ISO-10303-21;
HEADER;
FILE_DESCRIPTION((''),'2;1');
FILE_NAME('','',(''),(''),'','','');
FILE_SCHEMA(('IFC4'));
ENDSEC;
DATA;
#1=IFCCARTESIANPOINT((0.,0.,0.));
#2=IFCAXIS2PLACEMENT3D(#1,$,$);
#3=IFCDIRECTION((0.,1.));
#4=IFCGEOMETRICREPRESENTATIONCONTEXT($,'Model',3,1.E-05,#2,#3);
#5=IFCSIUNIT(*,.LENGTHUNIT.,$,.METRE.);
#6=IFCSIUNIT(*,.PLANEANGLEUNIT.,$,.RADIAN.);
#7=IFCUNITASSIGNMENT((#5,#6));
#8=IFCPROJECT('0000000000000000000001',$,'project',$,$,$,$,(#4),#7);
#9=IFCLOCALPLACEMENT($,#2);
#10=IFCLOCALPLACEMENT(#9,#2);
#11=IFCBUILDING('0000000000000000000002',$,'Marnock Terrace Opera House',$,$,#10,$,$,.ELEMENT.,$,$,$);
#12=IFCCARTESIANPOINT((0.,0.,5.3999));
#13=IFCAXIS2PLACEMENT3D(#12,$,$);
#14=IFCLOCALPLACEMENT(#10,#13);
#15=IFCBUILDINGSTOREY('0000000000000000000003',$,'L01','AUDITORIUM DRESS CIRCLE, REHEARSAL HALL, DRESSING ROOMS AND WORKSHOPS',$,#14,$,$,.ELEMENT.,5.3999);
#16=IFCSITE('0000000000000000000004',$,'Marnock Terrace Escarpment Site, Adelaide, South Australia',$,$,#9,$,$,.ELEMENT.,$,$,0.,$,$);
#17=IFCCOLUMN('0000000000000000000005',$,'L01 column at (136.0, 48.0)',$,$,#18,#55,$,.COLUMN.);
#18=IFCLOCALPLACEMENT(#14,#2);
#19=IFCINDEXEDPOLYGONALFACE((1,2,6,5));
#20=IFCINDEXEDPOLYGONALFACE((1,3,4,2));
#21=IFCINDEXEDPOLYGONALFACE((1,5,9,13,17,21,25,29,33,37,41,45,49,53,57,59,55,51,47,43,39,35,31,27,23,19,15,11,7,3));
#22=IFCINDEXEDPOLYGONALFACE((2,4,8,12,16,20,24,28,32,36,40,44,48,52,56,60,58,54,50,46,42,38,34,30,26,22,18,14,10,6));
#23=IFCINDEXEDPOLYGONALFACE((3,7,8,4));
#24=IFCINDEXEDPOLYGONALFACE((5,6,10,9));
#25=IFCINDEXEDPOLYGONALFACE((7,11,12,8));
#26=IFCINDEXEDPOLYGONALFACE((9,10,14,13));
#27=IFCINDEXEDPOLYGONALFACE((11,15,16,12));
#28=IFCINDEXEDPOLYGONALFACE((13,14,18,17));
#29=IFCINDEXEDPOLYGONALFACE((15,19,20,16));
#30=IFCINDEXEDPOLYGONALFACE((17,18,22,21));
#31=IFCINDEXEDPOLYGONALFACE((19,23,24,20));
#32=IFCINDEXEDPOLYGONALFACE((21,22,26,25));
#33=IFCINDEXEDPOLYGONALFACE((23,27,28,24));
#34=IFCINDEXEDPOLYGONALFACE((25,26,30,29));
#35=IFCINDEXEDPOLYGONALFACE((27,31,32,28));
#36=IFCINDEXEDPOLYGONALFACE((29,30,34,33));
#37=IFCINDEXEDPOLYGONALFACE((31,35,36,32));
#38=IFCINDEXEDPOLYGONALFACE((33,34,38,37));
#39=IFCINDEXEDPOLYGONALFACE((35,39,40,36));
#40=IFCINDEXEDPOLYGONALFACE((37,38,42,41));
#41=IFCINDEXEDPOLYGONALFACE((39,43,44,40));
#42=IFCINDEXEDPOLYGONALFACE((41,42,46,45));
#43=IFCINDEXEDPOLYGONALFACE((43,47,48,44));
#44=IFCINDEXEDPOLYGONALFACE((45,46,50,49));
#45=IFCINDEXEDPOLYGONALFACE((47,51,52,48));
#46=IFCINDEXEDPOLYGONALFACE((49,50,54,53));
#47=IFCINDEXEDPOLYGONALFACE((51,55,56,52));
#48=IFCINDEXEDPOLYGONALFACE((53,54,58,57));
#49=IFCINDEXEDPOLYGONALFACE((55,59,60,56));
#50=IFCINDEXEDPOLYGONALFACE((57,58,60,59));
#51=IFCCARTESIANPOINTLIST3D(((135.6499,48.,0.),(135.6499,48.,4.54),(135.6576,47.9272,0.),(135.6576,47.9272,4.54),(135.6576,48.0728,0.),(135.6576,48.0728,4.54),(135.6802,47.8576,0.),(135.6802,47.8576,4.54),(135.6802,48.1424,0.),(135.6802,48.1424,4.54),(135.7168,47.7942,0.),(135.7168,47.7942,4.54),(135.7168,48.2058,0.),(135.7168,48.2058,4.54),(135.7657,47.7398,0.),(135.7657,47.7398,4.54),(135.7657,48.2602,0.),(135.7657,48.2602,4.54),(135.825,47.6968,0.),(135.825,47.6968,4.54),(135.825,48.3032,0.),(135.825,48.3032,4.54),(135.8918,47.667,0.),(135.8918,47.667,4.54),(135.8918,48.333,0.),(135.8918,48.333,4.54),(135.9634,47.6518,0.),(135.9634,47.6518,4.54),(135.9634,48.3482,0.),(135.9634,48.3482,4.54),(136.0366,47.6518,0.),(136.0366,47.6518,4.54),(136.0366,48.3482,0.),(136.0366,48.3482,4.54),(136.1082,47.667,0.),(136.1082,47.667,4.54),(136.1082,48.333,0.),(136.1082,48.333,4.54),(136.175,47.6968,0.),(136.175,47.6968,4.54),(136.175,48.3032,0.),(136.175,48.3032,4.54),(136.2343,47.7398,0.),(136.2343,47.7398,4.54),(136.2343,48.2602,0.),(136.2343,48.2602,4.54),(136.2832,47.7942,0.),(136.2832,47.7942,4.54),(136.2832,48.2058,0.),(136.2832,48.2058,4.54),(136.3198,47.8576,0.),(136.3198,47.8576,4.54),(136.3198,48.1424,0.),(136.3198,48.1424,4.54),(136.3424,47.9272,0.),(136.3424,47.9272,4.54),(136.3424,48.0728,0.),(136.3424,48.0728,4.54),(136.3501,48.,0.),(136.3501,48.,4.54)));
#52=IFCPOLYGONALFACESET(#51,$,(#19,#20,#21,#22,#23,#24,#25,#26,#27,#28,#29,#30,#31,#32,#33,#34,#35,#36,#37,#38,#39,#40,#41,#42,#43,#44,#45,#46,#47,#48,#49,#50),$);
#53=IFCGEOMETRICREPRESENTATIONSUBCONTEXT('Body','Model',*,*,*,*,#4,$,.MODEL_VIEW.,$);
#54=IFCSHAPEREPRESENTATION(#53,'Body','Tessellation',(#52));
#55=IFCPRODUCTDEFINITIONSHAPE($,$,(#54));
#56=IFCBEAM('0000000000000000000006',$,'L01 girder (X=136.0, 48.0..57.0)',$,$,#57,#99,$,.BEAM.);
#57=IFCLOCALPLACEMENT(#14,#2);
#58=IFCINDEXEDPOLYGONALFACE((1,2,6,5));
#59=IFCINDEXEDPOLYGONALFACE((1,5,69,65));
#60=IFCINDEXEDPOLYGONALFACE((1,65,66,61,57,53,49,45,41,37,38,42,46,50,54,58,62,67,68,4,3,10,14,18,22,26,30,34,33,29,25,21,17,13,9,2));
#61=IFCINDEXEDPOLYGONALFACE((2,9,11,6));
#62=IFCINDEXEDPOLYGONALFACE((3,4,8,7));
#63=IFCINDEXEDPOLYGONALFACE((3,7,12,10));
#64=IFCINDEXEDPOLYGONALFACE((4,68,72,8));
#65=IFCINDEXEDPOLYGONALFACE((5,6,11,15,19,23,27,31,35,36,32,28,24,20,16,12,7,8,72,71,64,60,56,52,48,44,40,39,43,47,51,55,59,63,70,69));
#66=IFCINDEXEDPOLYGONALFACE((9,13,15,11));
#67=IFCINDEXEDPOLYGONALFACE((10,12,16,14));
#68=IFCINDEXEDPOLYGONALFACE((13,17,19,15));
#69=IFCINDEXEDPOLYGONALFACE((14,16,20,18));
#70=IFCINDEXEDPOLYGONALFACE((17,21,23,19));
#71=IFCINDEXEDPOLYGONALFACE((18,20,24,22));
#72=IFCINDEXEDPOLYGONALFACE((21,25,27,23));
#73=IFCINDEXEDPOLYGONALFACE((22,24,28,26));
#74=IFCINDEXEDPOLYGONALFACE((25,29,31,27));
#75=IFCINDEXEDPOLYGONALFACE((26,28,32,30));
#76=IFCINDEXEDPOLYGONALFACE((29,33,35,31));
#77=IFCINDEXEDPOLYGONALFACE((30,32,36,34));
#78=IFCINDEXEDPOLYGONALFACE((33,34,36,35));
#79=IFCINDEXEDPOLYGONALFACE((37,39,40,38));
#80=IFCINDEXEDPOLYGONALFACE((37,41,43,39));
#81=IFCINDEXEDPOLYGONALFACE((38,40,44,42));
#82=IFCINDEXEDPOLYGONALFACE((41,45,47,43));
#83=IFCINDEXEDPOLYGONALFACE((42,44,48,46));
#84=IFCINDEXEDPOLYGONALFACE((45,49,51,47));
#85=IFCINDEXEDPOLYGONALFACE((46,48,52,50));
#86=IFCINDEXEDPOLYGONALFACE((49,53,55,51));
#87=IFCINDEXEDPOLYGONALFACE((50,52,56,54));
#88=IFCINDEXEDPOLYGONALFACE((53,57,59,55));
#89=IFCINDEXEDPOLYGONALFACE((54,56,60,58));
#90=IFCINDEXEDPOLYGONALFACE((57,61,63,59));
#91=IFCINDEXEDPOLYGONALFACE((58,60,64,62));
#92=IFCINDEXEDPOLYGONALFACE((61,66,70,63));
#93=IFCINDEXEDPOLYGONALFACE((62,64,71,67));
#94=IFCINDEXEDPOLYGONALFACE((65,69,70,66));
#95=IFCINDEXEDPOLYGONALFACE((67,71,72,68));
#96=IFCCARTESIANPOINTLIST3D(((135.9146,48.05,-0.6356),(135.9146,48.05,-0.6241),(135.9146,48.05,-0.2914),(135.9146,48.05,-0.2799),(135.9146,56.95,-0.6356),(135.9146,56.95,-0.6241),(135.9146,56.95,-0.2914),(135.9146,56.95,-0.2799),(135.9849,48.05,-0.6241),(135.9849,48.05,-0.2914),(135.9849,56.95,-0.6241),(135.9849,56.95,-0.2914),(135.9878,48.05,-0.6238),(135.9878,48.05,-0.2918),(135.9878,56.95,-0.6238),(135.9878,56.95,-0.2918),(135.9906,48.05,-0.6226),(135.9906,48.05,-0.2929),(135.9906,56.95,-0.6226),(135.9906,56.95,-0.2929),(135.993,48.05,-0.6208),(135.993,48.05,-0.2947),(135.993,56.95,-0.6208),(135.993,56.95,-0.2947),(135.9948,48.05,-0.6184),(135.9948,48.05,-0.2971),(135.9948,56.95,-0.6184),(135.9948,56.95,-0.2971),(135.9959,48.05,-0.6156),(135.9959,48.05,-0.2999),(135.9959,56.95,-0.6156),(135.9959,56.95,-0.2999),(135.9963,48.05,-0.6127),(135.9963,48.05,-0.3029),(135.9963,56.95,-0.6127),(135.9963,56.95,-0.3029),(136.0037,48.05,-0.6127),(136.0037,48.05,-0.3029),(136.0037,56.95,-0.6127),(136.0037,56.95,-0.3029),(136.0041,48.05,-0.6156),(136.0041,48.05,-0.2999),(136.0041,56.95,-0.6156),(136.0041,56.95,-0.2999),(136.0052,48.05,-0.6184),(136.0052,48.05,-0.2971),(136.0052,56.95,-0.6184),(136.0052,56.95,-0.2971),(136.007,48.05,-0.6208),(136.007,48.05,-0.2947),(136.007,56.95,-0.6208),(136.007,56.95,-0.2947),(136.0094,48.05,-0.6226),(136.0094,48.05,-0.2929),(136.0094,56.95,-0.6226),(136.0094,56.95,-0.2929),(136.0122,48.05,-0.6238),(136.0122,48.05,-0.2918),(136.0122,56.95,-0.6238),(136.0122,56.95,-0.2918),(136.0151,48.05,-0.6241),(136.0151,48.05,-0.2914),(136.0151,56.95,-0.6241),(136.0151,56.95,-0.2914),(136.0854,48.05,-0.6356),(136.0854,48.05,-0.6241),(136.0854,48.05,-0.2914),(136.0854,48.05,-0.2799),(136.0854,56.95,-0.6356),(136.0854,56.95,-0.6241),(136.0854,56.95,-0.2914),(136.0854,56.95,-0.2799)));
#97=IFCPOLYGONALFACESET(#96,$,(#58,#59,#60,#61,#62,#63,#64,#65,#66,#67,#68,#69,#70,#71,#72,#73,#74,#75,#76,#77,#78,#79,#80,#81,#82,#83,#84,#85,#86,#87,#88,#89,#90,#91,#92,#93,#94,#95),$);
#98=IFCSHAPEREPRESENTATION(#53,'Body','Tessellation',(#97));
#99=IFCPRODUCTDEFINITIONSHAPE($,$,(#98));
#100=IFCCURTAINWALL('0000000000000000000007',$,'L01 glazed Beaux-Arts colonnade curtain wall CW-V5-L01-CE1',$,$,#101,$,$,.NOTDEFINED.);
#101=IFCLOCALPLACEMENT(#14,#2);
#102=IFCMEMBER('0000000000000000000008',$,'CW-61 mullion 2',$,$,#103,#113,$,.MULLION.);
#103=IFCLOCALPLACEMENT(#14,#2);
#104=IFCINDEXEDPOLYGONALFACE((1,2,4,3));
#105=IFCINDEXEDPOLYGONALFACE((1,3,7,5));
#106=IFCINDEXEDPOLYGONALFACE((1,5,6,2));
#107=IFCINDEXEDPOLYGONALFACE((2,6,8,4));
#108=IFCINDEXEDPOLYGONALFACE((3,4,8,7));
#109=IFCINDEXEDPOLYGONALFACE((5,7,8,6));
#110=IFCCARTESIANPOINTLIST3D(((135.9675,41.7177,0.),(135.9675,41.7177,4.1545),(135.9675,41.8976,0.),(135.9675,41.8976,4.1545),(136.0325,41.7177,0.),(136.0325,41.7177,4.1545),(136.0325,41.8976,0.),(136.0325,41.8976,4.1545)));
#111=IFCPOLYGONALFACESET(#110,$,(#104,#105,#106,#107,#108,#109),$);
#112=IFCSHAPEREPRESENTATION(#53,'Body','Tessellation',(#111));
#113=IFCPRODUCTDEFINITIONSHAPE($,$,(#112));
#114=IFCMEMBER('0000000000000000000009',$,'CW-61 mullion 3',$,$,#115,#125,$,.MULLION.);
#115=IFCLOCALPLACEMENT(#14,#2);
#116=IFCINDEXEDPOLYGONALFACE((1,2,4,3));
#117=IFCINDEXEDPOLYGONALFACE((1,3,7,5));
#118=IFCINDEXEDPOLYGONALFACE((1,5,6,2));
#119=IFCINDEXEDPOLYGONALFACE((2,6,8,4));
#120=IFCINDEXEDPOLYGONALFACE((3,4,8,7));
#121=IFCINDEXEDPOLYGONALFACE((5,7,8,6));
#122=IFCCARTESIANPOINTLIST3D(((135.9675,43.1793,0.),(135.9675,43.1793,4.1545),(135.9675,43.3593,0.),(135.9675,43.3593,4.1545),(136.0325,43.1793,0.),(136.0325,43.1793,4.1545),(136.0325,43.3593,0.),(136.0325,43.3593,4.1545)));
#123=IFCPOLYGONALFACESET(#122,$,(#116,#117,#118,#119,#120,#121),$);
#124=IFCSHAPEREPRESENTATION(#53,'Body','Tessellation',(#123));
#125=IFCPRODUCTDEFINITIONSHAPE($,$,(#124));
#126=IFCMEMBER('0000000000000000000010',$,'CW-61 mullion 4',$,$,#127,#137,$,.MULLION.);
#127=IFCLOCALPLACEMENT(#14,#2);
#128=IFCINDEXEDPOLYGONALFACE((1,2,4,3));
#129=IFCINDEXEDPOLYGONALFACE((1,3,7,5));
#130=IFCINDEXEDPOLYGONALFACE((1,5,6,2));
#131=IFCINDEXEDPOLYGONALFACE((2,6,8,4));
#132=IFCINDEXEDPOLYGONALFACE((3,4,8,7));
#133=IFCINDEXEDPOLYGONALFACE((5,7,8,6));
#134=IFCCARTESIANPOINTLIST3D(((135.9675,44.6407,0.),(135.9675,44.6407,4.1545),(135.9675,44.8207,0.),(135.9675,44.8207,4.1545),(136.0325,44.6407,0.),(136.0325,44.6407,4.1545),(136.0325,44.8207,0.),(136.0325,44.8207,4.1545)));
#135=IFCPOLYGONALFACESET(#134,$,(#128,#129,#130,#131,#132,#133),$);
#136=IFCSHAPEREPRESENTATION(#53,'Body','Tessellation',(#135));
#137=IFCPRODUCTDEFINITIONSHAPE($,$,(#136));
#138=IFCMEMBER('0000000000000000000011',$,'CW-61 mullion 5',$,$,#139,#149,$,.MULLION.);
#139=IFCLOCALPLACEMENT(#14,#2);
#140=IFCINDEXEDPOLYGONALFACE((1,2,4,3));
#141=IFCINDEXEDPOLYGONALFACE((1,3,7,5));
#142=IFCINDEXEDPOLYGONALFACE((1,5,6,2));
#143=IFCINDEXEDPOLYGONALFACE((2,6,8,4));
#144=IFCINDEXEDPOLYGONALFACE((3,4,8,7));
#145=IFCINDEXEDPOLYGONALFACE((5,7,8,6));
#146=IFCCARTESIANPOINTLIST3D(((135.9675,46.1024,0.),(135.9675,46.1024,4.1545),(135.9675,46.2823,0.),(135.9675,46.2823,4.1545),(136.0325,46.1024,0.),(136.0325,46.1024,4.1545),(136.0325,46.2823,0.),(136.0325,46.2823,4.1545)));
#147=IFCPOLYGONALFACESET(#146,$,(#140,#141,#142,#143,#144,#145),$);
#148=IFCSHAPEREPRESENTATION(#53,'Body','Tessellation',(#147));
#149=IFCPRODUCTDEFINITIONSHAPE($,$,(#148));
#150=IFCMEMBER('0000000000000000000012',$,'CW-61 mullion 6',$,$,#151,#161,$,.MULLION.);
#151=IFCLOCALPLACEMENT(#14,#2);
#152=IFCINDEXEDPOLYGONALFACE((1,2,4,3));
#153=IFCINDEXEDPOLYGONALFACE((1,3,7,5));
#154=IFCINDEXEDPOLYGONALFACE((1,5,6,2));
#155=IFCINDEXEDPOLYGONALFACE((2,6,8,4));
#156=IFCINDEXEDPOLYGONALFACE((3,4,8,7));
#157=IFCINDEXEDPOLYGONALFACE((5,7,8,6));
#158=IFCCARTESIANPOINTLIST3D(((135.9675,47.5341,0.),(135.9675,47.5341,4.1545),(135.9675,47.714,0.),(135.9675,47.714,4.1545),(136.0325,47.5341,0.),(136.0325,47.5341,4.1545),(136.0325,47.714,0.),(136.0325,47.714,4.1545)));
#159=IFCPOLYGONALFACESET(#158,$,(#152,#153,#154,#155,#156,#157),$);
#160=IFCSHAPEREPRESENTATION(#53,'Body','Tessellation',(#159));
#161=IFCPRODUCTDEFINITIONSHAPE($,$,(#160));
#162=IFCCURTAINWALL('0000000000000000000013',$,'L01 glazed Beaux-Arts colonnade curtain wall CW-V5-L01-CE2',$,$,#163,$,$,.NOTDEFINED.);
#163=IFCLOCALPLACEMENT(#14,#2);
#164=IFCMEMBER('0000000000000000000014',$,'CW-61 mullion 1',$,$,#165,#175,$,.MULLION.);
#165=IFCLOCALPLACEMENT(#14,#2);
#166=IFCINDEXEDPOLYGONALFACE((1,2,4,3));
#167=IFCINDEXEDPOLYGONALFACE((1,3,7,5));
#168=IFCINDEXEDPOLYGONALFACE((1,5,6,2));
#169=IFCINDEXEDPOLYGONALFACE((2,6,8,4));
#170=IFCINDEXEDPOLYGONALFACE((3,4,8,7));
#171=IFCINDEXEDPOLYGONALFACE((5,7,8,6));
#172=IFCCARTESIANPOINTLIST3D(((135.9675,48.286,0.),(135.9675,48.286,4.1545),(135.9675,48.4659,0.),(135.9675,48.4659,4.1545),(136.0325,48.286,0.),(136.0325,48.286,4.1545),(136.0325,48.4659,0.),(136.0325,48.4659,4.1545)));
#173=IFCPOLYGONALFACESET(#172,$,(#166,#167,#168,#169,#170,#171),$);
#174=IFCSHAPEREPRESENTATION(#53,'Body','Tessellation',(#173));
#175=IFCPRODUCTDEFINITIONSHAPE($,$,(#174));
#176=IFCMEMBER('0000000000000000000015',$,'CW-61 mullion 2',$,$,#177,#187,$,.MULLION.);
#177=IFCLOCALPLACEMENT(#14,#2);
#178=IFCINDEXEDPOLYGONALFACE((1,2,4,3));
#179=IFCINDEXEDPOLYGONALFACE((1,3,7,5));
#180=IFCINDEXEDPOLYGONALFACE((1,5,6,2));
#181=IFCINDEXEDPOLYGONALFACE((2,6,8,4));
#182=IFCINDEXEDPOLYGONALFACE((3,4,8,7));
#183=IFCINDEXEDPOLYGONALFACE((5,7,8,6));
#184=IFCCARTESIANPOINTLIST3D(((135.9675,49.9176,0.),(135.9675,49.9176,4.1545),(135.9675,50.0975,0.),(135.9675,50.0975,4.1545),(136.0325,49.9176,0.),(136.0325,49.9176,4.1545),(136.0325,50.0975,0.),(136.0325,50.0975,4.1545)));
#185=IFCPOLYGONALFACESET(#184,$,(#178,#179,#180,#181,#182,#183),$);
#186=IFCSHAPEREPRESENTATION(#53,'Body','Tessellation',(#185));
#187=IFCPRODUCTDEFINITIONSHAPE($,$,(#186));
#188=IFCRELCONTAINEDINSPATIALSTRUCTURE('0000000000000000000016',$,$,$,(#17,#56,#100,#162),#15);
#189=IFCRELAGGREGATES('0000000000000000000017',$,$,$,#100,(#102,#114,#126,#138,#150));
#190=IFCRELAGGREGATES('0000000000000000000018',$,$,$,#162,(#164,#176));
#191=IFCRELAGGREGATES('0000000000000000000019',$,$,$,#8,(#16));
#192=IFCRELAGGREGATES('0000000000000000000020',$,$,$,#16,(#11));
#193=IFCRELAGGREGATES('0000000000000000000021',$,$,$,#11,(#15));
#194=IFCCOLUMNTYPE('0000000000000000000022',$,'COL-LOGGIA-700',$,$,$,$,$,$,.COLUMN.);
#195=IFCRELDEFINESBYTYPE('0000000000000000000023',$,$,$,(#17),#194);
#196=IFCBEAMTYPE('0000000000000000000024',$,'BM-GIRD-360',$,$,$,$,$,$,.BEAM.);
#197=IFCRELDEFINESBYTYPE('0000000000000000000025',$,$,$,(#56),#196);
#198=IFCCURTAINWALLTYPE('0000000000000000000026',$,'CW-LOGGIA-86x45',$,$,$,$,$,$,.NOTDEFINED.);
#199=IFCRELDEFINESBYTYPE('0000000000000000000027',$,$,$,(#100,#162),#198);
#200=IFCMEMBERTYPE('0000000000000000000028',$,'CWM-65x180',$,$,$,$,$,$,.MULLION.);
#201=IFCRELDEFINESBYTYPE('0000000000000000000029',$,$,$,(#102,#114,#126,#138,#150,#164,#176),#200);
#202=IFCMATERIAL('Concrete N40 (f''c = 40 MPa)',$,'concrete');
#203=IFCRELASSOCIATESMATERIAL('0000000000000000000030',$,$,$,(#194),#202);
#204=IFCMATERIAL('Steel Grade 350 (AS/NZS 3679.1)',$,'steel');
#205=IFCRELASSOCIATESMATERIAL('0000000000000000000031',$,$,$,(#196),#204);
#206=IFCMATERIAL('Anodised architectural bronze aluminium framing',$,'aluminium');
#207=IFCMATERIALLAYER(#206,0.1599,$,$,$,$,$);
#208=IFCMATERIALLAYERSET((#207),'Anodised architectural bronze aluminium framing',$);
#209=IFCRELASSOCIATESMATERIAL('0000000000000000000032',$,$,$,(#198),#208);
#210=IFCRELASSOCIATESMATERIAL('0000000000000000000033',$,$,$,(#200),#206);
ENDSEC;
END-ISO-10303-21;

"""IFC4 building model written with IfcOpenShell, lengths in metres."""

from ifc_helpers import new_model, si_unit, direction, frame, origin, origin_2d, place, context, subcontext, project, spatial, rectangle, circle, i_section, extrude, material, layer, layer_set, material_profile, profile_set, type_object, element, aggregate, save


model = new_model("IFC4")

# Units and contexts
model_context = context("Model", 3, precision=1e-05, world=origin(), true_north=direction((0.0, 1.0)))
body_context = subcontext(model_context, "Body", "Model", "MODEL_VIEW")
ifc_project = project(units=[si_unit("LENGTHUNIT", "METRE"), si_unit("PLANEANGLEUNIT", "RADIAN")], contexts=[model_context])

# Site, building, storey
site_placement = place(None, origin())
site = spatial("IfcSite", under=ifc_project, at=site_placement, Name="Marnock Terrace Escarpment Site, Adelaide, South Australia", CompositionType="ELEMENT", RefElevation=0.0)
building_placement = place(site_placement, origin())
building = spatial("IfcBuilding", under=site, at=building_placement, Name="Marnock Terrace Opera House", CompositionType="ELEMENT")
storey_placement = place(building_placement, frame((0.0, 0.0, 5.3999)))
storey = spatial("IfcBuildingStorey", under=building, at=storey_placement, Name="L01", Description="AUDITORIUM DRESS CIRCLE, REHEARSAL HALL, DRESSING ROOMS AND WORKSHOPS", CompositionType="ELEMENT", Elevation=5.3999)

# Column
ifc_material_1 = material(Name="Concrete N40 (f'c = 40 MPa)", Category="concrete")
ifc_material_profile_1 = material_profile(ifc_material_1, circle(Radius=0.3501, at=origin_2d()))
ifc_profile_set_1 = profile_set([ifc_material_profile_1], Name="Concrete N40 (f'c = 40 MPa)")
column_type = type_object("IfcColumnType", Name="COL-LOGGIA-700", PredefinedType="COLUMN", material=ifc_profile_set_1)
column_placement = place(storey_placement, frame((136.0, 48.0, 0.0), z_axis=(0.0, 0.0, 1.0), x_axis=(1.0, 0.0, 0.0)))
element("IfcColumn", 1, at=column_placement, inside=storey, type_object=column_type, Name="L01 column at (136.0, 48.0)", PredefinedType="COLUMN", context=body_context, shape_type="SweptSolid", body=[
    extrude(circle(Radius=0.3501, at=origin_2d()), origin(), (0.0, 0.0, 1.0), 4.54),
])

# Beam
ifc_material_2 = material(Name="Steel Grade 350 (AS/NZS 3679.1)", Category="steel")
ifc_material_profile_2 = material_profile(ifc_material_2, i_section(OverallWidth=0.1709, OverallDepth=0.3557, WebThickness=0.0073, FlangeThickness=0.0115, FilletRadius=0.0115, at=origin_2d()))
ifc_profile_set_2 = profile_set([ifc_material_profile_2], Name="Steel Grade 350 (AS/NZS 3679.1)")
beam_type = type_object("IfcBeamType", Name="BM-GIRD-360", PredefinedType="BEAM", material=ifc_profile_set_2)
beam_placement = place(storey_placement, frame((136.0, 48.05, -0.4578), z_axis=(0.0, 1.0, 0.0), x_axis=(-1.0, 0.0, 0.0)))
element("IfcBeam", 2, at=beam_placement, inside=storey, type_object=beam_type, Name="L01 girder (X=136.0, 48.0..57.0)", PredefinedType="BEAM", context=body_context, shape_type="SweptSolid", body=[
    extrude(i_section(OverallWidth=0.1709, OverallDepth=0.3557, WebThickness=0.0073, FlangeThickness=0.0115, FilletRadius=0.0115, at=origin_2d()), origin(), (0.0, 0.0, 1.0), 8.8999),
])

# Curtain walls, members
ifc_material_3 = material(Name="Anodised architectural bronze aluminium framing", Category="aluminium")
ifc_layer_1 = layer(ifc_material_3, 0.1599)
ifc_layer_set_1 = layer_set([ifc_layer_1], Name="Anodised architectural bronze aluminium framing")
curtain_wall_type = type_object("IfcCurtainWallType", Name="CW-LOGGIA-86x45", PredefinedType="NOTDEFINED", material=ifc_layer_set_1)
curtain_wall_1_placement = place(storey_placement, origin())
curtain_wall_1 = element("IfcCurtainWall", 3, at=curtain_wall_1_placement, inside=storey, type_object=curtain_wall_type, Name="L01 glazed Beaux-Arts colonnade curtain wall CW-V5-L01-CE1", PredefinedType="NOTDEFINED")
ifc_material_profile_3 = material_profile(ifc_material_3, rectangle(XDim=0.0649, YDim=0.1799, at=origin_2d()))
ifc_profile_set_3 = profile_set([ifc_material_profile_3], Name="Anodised architectural bronze aluminium framing")
member_type_1 = type_object("IfcMemberType", Name="CWM-65x180", PredefinedType="MULLION", material=ifc_profile_set_3)
member_1_placement = place(storey_placement, frame((136.0, 41.8076, 0.0), z_axis=(0.0, 0.0, 1.0), x_axis=(-1.0, 0.0, 0.0)))
member_1 = element("IfcMember", 4, at=member_1_placement, type_object=member_type_1, Name="CW-61 mullion 2", PredefinedType="MULLION", context=body_context, shape_type="SweptSolid", body=[
    extrude(rectangle(XDim=0.0649, YDim=0.1799, at=origin_2d()), origin(), (0.0, 0.0, 1.0), 4.1545),
])
member_2_placement = place(storey_placement, frame((136.0, 43.2693, 0.0), z_axis=(0.0, 0.0, 1.0), x_axis=(-1.0, 0.0, 0.0)))
member_2 = element("IfcMember", 5, at=member_2_placement, type_object=member_type_1, Name="CW-61 mullion 3", PredefinedType="MULLION", context=body_context, shape_type="SweptSolid", body=[
    extrude(rectangle(XDim=0.0649, YDim=0.1799, at=origin_2d()), origin(), (0.0, 0.0, 1.0), 4.1545),
])
member_3_placement = place(storey_placement, frame((136.0, 44.7307, 0.0), z_axis=(0.0, 0.0, 1.0), x_axis=(-1.0, 0.0, 0.0)))
member_3 = element("IfcMember", 6, at=member_3_placement, type_object=member_type_1, Name="CW-61 mullion 4", PredefinedType="MULLION", context=body_context, shape_type="SweptSolid", body=[
    extrude(rectangle(XDim=0.0649, YDim=0.1799, at=origin_2d()), origin(), (0.0, 0.0, 1.0), 4.1545),
])
member_4_placement = place(storey_placement, frame((136.0, 46.1924, 0.0), z_axis=(0.0, 0.0, 1.0), x_axis=(-1.0, 0.0, 0.0)))
member_4 = element("IfcMember", 7, at=member_4_placement, type_object=member_type_1, Name="CW-61 mullion 5", PredefinedType="MULLION", context=body_context, shape_type="SweptSolid", body=[
    extrude(rectangle(XDim=0.0649, YDim=0.1799, at=origin_2d()), origin(), (0.0, 0.0, 1.0), 4.1545),
])
member_5_placement = place(storey_placement, frame((136.0, 47.624, 0.0), z_axis=(0.0, 0.0, 1.0), x_axis=(-1.0, 0.0, 0.0)))
member_5 = element("IfcMember", 8, at=member_5_placement, type_object=member_type_1, Name="CW-61 mullion 6", PredefinedType="MULLION", context=body_context, shape_type="SweptSolid", body=[
    extrude(rectangle(XDim=0.0649, YDim=0.1799, at=origin_2d()), origin(), (0.0, 0.0, 1.0), 4.1545),
])
curtain_wall_2_placement = place(storey_placement, origin())
curtain_wall_2 = element("IfcCurtainWall", 9, at=curtain_wall_2_placement, inside=storey, type_object=curtain_wall_type, Name="L01 glazed Beaux-Arts colonnade curtain wall CW-V5-L01-CE2", PredefinedType="NOTDEFINED")
member_6_placement = place(storey_placement, frame((136.0, 48.376, 0.0), z_axis=(0.0, 0.0, 1.0), x_axis=(-1.0, 0.0, 0.0)))
member_6 = element("IfcMember", 10, at=member_6_placement, type_object=member_type_1, Name="CW-61 mullion 1", PredefinedType="MULLION", context=body_context, shape_type="SweptSolid", body=[
    extrude(rectangle(XDim=0.0649, YDim=0.1799, at=origin_2d()), origin(), (0.0, 0.0, 1.0), 4.1545),
])
member_7_placement = place(storey_placement, frame((136.0, 50.0076, 0.0), z_axis=(0.0, 0.0, 1.0), x_axis=(-1.0, 0.0, 0.0)))
member_7 = element("IfcMember", 11, at=member_7_placement, type_object=member_type_1, Name="CW-61 mullion 2", PredefinedType="MULLION", context=body_context, shape_type="SweptSolid", body=[
    extrude(rectangle(XDim=0.0649, YDim=0.1799, at=origin_2d()), origin(), (0.0, 0.0, 1.0), 4.1545),
])

aggregate(curtain_wall_1, [member_1, member_2, member_3, member_4, member_5])
aggregate(curtain_wall_2, [member_6, member_7])

save(model, "model.ifc")
